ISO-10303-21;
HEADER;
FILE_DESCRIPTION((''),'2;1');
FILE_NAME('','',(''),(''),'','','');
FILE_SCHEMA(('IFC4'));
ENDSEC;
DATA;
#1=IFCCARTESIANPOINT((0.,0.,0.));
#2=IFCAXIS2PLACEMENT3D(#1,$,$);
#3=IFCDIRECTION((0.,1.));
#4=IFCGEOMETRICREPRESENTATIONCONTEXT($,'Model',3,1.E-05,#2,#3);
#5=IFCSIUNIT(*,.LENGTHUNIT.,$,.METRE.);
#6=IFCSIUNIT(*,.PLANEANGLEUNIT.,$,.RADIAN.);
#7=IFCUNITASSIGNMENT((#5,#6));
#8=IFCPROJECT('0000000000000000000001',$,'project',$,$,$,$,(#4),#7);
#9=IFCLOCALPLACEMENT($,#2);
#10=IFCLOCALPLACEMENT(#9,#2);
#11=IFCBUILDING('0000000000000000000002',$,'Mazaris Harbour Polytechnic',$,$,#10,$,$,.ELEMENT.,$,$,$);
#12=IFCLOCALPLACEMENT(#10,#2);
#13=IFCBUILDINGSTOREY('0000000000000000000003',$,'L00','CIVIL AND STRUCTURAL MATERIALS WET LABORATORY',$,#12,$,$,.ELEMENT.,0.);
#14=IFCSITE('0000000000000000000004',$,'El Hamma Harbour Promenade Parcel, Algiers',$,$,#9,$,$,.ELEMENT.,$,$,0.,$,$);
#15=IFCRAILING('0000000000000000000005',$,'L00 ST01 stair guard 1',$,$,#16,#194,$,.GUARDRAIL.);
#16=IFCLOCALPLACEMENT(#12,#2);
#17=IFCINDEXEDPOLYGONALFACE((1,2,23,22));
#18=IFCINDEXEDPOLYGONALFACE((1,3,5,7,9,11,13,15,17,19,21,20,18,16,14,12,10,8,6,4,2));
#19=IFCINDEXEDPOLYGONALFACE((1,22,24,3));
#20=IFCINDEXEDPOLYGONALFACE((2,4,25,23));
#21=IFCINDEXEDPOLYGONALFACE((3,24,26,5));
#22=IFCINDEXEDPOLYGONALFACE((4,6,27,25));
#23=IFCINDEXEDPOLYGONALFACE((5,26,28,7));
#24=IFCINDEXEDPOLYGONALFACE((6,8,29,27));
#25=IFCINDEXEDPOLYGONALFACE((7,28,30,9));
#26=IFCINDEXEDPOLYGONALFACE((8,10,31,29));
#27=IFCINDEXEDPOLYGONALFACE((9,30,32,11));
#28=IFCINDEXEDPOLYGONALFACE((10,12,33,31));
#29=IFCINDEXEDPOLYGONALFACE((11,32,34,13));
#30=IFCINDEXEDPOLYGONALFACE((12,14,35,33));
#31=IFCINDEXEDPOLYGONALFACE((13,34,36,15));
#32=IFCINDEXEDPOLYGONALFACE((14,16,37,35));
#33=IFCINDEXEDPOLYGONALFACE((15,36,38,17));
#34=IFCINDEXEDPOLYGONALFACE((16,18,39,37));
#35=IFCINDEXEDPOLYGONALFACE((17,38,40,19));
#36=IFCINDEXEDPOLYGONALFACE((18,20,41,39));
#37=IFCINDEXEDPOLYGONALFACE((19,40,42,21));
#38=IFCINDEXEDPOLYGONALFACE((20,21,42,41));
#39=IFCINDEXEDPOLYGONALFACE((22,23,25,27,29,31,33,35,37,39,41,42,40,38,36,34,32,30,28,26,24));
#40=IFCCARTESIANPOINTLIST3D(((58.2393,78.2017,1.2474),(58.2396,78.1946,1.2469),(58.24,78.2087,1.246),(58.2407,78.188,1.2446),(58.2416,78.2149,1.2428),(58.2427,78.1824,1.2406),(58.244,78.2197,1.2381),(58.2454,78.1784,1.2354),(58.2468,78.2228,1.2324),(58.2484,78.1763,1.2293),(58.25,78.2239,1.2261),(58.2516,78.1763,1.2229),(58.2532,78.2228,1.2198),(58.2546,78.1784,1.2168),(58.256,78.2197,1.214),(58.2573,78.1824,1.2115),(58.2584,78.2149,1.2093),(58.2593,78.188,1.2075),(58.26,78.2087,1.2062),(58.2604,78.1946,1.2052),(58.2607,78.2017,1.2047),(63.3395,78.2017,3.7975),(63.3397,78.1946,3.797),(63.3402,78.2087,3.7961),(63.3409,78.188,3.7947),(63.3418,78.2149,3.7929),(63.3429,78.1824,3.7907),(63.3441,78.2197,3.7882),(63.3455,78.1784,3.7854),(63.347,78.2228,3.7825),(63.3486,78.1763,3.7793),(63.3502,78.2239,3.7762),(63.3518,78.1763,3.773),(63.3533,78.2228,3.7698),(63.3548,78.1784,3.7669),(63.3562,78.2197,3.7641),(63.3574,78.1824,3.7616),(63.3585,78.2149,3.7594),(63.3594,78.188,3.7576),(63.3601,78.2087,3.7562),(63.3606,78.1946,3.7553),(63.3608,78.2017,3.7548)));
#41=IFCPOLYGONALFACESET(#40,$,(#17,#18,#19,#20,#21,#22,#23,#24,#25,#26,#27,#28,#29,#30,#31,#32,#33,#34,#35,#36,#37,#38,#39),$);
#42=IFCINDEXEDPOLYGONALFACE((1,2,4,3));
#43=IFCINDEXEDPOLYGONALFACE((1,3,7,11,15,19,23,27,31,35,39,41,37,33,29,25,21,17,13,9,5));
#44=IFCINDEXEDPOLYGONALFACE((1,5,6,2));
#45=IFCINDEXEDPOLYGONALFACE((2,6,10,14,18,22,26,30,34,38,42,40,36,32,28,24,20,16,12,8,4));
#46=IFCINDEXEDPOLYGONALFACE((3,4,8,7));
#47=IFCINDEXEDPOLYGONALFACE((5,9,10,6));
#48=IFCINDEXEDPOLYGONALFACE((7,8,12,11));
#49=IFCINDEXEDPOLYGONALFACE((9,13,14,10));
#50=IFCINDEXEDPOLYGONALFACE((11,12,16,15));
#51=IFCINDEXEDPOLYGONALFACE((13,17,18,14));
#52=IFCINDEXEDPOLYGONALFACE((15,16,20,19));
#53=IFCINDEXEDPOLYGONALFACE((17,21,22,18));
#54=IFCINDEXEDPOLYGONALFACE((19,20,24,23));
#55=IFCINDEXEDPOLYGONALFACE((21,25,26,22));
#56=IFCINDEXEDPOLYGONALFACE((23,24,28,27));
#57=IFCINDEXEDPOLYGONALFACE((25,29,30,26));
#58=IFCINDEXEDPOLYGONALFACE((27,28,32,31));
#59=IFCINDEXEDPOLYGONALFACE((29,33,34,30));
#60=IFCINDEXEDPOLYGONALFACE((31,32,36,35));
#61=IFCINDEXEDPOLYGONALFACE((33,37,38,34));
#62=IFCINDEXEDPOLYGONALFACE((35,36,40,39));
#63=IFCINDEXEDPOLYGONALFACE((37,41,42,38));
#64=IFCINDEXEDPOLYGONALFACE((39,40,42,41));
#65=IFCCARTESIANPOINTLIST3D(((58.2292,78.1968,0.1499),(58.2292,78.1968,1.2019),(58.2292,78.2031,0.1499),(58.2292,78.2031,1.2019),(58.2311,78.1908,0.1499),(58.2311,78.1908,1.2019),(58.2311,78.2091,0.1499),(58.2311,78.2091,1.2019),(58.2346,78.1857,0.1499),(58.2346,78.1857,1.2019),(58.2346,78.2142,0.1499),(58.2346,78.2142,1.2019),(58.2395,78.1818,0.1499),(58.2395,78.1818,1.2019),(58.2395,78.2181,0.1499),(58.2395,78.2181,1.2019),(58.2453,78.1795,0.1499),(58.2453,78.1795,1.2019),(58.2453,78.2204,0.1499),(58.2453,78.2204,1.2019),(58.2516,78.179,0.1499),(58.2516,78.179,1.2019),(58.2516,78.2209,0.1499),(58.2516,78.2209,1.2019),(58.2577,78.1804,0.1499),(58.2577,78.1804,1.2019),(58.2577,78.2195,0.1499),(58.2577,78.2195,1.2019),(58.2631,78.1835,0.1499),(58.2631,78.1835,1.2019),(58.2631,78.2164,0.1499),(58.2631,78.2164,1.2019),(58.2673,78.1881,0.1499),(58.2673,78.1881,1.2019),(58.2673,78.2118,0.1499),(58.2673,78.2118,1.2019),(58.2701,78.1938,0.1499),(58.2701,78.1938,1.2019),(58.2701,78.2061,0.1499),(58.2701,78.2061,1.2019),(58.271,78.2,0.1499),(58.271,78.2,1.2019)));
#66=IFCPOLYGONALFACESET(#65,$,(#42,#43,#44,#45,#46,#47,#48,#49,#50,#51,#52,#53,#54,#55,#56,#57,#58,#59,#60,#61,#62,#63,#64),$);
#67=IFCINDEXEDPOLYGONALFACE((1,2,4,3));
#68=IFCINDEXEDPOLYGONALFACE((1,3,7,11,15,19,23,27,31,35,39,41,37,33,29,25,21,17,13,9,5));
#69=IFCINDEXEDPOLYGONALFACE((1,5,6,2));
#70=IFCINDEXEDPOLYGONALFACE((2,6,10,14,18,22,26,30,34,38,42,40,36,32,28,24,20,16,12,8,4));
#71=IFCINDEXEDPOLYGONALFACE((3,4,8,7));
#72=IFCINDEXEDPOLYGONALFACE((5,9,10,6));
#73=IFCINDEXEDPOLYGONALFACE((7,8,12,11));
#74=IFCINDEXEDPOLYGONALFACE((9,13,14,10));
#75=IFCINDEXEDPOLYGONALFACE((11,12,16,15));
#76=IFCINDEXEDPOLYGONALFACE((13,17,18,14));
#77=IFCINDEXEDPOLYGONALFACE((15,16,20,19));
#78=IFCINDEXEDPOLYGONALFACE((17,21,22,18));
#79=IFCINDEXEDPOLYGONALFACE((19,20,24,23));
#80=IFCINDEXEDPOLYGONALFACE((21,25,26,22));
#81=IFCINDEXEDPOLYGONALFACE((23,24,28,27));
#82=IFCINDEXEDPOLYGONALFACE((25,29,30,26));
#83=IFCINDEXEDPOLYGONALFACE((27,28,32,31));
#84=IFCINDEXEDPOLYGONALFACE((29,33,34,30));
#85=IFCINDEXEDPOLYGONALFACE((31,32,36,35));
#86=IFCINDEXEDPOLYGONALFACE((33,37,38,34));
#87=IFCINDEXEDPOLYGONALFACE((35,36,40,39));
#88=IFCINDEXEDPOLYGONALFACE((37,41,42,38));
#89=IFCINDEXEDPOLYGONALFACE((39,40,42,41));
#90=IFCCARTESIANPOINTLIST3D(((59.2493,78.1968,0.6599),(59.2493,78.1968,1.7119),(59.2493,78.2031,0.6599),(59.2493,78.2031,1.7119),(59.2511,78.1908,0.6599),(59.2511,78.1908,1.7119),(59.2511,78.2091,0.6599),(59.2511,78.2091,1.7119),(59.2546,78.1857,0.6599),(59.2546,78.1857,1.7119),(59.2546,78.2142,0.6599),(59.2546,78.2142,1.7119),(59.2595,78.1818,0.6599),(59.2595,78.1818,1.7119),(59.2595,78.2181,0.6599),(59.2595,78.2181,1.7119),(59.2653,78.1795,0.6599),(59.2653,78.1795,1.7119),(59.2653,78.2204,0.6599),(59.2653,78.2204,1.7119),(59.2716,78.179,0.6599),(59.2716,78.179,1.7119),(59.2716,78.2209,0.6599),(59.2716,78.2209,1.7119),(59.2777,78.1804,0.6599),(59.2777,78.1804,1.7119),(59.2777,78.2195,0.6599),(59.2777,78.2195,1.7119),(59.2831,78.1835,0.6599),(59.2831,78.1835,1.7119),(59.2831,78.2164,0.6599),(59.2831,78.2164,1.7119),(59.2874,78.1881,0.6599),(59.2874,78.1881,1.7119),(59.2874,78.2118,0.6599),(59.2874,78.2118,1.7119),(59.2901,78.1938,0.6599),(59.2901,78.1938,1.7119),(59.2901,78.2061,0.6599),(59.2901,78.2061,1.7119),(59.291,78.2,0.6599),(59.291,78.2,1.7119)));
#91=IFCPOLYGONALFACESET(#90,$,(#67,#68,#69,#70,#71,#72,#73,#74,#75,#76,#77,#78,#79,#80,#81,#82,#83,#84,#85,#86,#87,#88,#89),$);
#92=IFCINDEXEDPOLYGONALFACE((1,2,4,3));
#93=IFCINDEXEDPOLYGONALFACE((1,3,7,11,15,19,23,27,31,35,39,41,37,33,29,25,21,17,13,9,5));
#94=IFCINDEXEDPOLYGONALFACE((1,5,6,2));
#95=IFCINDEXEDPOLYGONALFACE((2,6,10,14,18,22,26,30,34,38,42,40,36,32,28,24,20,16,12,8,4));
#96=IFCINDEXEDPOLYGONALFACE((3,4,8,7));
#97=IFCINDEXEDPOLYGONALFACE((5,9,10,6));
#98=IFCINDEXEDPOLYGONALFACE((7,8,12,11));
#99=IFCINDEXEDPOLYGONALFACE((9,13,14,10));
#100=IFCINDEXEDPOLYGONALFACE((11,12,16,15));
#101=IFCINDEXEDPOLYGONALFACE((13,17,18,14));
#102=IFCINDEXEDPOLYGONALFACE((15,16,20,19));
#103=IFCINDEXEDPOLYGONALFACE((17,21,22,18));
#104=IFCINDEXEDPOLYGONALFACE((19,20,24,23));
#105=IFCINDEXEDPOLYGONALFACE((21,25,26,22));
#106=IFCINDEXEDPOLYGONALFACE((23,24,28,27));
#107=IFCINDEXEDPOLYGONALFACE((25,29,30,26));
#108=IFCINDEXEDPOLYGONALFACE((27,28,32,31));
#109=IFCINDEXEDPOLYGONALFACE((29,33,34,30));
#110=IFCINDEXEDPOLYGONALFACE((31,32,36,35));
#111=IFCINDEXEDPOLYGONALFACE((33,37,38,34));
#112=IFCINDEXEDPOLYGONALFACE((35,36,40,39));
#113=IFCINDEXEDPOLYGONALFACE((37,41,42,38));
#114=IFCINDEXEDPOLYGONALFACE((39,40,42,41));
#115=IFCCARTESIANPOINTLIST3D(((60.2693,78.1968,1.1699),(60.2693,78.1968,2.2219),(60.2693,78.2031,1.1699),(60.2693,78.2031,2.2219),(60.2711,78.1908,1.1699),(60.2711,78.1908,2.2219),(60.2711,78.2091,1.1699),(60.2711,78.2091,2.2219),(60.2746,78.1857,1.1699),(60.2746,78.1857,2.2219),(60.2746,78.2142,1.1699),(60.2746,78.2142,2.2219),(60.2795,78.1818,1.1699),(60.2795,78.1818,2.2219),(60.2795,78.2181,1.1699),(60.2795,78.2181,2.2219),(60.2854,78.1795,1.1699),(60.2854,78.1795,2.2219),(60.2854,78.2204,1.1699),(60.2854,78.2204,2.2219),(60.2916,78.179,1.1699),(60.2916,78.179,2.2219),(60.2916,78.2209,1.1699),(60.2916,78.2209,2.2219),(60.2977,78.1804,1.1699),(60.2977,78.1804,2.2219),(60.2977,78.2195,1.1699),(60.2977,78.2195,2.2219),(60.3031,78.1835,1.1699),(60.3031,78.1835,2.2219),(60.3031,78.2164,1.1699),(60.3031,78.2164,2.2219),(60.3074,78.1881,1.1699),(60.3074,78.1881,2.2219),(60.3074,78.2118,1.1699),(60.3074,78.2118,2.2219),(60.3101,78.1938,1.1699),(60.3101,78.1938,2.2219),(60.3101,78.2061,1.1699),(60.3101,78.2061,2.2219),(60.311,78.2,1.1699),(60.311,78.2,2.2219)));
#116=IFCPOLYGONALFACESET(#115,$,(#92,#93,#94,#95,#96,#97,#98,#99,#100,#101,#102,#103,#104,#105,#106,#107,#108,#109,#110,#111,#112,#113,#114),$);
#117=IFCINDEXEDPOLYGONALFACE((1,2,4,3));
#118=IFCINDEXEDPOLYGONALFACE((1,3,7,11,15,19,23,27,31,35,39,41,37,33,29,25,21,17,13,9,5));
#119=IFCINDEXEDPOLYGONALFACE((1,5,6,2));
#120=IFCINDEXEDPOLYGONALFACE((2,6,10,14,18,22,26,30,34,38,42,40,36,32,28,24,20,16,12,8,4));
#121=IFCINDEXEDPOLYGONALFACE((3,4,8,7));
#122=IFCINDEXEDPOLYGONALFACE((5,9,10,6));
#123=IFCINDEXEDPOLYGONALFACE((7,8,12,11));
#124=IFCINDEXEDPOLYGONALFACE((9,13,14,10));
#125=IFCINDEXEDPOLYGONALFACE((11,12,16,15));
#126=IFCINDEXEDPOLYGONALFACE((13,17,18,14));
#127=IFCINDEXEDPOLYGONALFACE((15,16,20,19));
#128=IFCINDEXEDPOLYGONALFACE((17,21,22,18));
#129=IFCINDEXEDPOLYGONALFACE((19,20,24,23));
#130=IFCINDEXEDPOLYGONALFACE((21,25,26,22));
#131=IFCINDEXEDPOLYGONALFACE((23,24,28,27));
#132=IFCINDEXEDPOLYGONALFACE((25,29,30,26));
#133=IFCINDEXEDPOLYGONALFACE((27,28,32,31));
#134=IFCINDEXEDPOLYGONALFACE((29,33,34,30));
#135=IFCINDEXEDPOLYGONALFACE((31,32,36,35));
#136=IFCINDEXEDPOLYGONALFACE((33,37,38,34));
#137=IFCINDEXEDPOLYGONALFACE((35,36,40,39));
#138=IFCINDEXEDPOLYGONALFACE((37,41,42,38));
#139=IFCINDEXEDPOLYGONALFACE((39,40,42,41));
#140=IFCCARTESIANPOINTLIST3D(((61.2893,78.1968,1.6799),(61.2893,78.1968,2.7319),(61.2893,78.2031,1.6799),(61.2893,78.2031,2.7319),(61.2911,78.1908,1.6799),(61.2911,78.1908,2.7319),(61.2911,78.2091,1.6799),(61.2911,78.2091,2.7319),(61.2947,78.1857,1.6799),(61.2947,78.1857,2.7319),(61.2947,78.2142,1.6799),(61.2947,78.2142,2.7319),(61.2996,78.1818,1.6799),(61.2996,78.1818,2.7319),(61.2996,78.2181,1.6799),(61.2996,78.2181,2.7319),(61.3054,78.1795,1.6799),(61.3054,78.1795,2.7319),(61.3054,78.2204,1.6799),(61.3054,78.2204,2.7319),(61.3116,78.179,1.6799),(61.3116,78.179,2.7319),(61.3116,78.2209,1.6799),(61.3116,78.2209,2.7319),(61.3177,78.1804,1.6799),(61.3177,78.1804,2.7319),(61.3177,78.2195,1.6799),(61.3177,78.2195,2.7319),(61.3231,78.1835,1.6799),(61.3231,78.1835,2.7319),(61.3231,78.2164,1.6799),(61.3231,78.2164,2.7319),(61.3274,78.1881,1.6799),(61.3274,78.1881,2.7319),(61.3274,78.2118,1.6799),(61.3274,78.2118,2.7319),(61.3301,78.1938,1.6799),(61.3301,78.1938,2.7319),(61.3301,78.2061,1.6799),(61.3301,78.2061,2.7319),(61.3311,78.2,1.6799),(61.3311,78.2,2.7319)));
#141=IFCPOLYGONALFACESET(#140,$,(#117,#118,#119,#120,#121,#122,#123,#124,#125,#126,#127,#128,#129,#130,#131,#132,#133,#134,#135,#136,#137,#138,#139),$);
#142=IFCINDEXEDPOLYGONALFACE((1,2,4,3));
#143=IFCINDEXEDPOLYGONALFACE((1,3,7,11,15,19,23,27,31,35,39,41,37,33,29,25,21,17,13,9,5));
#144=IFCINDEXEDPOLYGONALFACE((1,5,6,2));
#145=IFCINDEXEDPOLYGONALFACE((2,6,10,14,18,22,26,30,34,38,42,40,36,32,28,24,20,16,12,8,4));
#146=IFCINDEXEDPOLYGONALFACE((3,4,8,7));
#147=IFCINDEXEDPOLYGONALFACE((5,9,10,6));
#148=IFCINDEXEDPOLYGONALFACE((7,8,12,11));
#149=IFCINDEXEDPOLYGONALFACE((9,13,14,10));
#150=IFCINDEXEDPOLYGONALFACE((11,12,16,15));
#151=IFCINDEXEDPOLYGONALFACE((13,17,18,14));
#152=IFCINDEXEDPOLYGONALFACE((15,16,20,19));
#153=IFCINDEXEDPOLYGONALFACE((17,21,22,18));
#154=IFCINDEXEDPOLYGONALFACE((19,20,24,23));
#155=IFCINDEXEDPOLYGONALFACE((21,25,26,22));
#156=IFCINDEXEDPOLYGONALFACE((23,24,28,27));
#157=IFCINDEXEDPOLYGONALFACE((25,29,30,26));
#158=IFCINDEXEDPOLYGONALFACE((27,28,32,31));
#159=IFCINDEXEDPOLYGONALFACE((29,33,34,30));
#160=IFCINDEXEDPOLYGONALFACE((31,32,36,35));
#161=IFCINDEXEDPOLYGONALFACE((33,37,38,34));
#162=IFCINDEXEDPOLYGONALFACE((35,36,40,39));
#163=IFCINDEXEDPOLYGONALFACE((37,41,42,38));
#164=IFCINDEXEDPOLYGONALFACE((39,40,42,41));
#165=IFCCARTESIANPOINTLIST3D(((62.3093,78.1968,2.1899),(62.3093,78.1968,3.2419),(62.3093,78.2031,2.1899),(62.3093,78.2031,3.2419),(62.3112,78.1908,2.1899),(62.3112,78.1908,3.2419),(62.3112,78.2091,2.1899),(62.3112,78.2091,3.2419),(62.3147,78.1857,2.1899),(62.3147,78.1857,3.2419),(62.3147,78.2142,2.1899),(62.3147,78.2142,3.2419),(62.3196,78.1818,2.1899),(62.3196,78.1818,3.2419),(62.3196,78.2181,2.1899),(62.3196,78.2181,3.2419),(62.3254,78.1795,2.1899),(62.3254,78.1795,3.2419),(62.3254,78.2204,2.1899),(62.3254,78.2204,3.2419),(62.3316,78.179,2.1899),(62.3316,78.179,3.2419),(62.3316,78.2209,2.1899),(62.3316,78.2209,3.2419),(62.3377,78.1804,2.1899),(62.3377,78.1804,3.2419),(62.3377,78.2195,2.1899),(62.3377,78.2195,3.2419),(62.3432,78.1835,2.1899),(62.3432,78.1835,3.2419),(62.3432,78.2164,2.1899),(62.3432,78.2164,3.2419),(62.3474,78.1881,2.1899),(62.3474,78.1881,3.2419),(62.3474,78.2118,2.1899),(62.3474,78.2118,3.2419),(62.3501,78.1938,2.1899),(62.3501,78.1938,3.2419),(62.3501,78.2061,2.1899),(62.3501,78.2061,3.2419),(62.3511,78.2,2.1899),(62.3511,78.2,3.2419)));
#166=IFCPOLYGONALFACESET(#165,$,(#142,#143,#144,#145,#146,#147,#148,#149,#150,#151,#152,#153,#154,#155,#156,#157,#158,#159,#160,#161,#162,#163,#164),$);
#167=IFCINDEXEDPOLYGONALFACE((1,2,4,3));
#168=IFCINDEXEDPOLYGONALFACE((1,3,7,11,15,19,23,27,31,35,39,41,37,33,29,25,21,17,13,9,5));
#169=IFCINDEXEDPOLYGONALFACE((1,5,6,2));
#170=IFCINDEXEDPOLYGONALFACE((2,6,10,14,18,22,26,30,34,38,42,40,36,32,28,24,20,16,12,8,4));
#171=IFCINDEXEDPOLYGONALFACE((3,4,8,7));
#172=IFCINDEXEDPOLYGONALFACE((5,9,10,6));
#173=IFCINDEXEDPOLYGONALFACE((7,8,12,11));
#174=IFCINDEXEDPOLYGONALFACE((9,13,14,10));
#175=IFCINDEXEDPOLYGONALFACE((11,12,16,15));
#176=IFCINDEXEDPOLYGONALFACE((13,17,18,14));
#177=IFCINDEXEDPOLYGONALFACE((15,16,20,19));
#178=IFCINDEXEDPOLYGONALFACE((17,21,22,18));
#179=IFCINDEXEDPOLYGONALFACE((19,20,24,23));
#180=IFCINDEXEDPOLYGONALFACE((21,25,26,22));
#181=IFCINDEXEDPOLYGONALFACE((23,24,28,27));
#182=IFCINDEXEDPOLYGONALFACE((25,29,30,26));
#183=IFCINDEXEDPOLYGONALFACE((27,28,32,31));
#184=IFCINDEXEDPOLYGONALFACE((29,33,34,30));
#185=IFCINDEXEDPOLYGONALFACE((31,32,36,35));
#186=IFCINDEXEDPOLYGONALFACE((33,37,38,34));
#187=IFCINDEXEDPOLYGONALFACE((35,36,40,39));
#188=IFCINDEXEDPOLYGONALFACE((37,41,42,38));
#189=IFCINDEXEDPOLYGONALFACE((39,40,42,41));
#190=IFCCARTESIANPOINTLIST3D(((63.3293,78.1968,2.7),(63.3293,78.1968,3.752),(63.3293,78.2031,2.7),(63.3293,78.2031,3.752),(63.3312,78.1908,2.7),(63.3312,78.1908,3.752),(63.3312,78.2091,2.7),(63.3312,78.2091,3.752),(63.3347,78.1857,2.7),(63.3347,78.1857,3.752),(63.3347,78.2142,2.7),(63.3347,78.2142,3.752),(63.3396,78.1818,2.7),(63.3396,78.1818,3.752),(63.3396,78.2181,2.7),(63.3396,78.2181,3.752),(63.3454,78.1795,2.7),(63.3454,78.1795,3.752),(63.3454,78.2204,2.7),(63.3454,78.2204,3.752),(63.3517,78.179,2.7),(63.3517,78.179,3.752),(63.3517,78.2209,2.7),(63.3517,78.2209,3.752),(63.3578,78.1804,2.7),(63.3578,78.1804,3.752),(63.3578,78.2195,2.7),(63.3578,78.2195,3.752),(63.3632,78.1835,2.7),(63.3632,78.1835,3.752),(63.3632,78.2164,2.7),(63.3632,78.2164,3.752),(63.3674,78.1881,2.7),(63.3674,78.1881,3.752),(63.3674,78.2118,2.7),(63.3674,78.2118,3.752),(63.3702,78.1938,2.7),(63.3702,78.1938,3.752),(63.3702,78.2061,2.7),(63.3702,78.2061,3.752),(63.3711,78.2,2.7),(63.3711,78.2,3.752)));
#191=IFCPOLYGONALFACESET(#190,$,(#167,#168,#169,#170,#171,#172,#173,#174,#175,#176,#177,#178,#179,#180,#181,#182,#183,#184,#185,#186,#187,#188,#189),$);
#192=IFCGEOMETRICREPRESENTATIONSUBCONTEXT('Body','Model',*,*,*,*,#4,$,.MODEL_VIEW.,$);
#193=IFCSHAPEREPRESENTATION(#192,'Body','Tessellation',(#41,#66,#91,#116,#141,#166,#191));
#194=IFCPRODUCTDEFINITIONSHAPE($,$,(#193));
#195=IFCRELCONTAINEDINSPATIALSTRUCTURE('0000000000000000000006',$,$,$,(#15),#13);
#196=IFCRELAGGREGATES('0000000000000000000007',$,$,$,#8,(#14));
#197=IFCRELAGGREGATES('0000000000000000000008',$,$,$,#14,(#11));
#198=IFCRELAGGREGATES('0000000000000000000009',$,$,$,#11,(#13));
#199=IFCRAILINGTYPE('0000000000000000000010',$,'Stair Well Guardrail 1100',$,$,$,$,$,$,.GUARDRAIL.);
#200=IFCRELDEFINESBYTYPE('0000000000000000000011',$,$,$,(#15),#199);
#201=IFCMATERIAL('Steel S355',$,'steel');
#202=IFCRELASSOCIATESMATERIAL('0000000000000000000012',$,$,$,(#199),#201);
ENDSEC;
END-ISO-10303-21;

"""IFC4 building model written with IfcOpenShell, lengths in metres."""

from ifc_helpers import new_model, si_unit, direction, frame, origin, origin_2d, place, context, subcontext, project, spatial, circle, extrude, material, type_object, element, save


model = new_model("IFC4")

# Units and contexts
model_context = context("Model", 3, precision=1e-05, world=origin(), true_north=direction((0.0, 1.0)))
body_context = subcontext(model_context, "Body", "Model", "MODEL_VIEW")
ifc_project = project(units=[si_unit("LENGTHUNIT", "METRE"), si_unit("PLANEANGLEUNIT", "RADIAN")], contexts=[model_context])

# Site, building, storey
site_placement = place(None, origin())
site = spatial("IfcSite", under=ifc_project, at=site_placement, Name="El Hamma Harbour Promenade Parcel, Algiers", CompositionType="ELEMENT", RefElevation=0.0)
building_placement = place(site_placement, origin())
building = spatial("IfcBuilding", under=site, at=building_placement, Name="Mazaris Harbour Polytechnic", CompositionType="ELEMENT")
storey_placement = place(building_placement, origin())
storey = spatial("IfcBuildingStorey", under=building, at=storey_placement, Name="L00", Description="CIVIL AND STRUCTURAL MATERIALS WET LABORATORY", CompositionType="ELEMENT", Elevation=0.0)

# Railing
ifc_material_1 = material(Name="Steel S355", Category="steel")
railing_type_1 = type_object("IfcRailingType", Name="Stair Well Guardrail 1100", PredefinedType="GUARDRAIL", material=ifc_material_1)
railing_1_placement = place(storey_placement, frame((58.25, 78.2, 0.1499)))
element("IfcRailing", 1, at=railing_1_placement, inside=storey, type_object=railing_type_1, Name="L00 ST01 stair guard 1", PredefinedType="GUARDRAIL", context=body_context, shape_type="SweptSolid", body=[
    extrude(circle(Radius=0.0239, at=origin_2d()), frame((0.0, 0.0, 1.0762), z_axis=(0.894427, 0.0, 0.447214), x_axis=(0.0, 1.0, 0.0)), (0.0, 0.0, 1.0), 5.7021),
    extrude(circle(Radius=0.021, at=origin_2d()), origin(), (0.0, 0.0, 1.0), 1.052),
    extrude(circle(Radius=0.021, at=origin_2d()), frame((1.02, 0.0, 0.51)), (0.0, 0.0, 1.0), 1.052),
    extrude(circle(Radius=0.021, at=origin_2d()), frame((2.04, 0.0, 1.02)), (0.0, 0.0, 1.0), 1.052),
    extrude(circle(Radius=0.021, at=origin_2d()), frame((3.0601, 0.0, 1.53)), (0.0, 0.0, 1.0), 1.052),
    extrude(circle(Radius=0.021, at=origin_2d()), frame((4.0801, 0.0, 2.04)), (0.0, 0.0, 1.0), 1.052),
    extrude(circle(Radius=0.021, at=origin_2d()), frame((5.1001, 0.0, 2.55)), (0.0, 0.0, 1.0), 1.052),
])

save(model, "model.ifc")
